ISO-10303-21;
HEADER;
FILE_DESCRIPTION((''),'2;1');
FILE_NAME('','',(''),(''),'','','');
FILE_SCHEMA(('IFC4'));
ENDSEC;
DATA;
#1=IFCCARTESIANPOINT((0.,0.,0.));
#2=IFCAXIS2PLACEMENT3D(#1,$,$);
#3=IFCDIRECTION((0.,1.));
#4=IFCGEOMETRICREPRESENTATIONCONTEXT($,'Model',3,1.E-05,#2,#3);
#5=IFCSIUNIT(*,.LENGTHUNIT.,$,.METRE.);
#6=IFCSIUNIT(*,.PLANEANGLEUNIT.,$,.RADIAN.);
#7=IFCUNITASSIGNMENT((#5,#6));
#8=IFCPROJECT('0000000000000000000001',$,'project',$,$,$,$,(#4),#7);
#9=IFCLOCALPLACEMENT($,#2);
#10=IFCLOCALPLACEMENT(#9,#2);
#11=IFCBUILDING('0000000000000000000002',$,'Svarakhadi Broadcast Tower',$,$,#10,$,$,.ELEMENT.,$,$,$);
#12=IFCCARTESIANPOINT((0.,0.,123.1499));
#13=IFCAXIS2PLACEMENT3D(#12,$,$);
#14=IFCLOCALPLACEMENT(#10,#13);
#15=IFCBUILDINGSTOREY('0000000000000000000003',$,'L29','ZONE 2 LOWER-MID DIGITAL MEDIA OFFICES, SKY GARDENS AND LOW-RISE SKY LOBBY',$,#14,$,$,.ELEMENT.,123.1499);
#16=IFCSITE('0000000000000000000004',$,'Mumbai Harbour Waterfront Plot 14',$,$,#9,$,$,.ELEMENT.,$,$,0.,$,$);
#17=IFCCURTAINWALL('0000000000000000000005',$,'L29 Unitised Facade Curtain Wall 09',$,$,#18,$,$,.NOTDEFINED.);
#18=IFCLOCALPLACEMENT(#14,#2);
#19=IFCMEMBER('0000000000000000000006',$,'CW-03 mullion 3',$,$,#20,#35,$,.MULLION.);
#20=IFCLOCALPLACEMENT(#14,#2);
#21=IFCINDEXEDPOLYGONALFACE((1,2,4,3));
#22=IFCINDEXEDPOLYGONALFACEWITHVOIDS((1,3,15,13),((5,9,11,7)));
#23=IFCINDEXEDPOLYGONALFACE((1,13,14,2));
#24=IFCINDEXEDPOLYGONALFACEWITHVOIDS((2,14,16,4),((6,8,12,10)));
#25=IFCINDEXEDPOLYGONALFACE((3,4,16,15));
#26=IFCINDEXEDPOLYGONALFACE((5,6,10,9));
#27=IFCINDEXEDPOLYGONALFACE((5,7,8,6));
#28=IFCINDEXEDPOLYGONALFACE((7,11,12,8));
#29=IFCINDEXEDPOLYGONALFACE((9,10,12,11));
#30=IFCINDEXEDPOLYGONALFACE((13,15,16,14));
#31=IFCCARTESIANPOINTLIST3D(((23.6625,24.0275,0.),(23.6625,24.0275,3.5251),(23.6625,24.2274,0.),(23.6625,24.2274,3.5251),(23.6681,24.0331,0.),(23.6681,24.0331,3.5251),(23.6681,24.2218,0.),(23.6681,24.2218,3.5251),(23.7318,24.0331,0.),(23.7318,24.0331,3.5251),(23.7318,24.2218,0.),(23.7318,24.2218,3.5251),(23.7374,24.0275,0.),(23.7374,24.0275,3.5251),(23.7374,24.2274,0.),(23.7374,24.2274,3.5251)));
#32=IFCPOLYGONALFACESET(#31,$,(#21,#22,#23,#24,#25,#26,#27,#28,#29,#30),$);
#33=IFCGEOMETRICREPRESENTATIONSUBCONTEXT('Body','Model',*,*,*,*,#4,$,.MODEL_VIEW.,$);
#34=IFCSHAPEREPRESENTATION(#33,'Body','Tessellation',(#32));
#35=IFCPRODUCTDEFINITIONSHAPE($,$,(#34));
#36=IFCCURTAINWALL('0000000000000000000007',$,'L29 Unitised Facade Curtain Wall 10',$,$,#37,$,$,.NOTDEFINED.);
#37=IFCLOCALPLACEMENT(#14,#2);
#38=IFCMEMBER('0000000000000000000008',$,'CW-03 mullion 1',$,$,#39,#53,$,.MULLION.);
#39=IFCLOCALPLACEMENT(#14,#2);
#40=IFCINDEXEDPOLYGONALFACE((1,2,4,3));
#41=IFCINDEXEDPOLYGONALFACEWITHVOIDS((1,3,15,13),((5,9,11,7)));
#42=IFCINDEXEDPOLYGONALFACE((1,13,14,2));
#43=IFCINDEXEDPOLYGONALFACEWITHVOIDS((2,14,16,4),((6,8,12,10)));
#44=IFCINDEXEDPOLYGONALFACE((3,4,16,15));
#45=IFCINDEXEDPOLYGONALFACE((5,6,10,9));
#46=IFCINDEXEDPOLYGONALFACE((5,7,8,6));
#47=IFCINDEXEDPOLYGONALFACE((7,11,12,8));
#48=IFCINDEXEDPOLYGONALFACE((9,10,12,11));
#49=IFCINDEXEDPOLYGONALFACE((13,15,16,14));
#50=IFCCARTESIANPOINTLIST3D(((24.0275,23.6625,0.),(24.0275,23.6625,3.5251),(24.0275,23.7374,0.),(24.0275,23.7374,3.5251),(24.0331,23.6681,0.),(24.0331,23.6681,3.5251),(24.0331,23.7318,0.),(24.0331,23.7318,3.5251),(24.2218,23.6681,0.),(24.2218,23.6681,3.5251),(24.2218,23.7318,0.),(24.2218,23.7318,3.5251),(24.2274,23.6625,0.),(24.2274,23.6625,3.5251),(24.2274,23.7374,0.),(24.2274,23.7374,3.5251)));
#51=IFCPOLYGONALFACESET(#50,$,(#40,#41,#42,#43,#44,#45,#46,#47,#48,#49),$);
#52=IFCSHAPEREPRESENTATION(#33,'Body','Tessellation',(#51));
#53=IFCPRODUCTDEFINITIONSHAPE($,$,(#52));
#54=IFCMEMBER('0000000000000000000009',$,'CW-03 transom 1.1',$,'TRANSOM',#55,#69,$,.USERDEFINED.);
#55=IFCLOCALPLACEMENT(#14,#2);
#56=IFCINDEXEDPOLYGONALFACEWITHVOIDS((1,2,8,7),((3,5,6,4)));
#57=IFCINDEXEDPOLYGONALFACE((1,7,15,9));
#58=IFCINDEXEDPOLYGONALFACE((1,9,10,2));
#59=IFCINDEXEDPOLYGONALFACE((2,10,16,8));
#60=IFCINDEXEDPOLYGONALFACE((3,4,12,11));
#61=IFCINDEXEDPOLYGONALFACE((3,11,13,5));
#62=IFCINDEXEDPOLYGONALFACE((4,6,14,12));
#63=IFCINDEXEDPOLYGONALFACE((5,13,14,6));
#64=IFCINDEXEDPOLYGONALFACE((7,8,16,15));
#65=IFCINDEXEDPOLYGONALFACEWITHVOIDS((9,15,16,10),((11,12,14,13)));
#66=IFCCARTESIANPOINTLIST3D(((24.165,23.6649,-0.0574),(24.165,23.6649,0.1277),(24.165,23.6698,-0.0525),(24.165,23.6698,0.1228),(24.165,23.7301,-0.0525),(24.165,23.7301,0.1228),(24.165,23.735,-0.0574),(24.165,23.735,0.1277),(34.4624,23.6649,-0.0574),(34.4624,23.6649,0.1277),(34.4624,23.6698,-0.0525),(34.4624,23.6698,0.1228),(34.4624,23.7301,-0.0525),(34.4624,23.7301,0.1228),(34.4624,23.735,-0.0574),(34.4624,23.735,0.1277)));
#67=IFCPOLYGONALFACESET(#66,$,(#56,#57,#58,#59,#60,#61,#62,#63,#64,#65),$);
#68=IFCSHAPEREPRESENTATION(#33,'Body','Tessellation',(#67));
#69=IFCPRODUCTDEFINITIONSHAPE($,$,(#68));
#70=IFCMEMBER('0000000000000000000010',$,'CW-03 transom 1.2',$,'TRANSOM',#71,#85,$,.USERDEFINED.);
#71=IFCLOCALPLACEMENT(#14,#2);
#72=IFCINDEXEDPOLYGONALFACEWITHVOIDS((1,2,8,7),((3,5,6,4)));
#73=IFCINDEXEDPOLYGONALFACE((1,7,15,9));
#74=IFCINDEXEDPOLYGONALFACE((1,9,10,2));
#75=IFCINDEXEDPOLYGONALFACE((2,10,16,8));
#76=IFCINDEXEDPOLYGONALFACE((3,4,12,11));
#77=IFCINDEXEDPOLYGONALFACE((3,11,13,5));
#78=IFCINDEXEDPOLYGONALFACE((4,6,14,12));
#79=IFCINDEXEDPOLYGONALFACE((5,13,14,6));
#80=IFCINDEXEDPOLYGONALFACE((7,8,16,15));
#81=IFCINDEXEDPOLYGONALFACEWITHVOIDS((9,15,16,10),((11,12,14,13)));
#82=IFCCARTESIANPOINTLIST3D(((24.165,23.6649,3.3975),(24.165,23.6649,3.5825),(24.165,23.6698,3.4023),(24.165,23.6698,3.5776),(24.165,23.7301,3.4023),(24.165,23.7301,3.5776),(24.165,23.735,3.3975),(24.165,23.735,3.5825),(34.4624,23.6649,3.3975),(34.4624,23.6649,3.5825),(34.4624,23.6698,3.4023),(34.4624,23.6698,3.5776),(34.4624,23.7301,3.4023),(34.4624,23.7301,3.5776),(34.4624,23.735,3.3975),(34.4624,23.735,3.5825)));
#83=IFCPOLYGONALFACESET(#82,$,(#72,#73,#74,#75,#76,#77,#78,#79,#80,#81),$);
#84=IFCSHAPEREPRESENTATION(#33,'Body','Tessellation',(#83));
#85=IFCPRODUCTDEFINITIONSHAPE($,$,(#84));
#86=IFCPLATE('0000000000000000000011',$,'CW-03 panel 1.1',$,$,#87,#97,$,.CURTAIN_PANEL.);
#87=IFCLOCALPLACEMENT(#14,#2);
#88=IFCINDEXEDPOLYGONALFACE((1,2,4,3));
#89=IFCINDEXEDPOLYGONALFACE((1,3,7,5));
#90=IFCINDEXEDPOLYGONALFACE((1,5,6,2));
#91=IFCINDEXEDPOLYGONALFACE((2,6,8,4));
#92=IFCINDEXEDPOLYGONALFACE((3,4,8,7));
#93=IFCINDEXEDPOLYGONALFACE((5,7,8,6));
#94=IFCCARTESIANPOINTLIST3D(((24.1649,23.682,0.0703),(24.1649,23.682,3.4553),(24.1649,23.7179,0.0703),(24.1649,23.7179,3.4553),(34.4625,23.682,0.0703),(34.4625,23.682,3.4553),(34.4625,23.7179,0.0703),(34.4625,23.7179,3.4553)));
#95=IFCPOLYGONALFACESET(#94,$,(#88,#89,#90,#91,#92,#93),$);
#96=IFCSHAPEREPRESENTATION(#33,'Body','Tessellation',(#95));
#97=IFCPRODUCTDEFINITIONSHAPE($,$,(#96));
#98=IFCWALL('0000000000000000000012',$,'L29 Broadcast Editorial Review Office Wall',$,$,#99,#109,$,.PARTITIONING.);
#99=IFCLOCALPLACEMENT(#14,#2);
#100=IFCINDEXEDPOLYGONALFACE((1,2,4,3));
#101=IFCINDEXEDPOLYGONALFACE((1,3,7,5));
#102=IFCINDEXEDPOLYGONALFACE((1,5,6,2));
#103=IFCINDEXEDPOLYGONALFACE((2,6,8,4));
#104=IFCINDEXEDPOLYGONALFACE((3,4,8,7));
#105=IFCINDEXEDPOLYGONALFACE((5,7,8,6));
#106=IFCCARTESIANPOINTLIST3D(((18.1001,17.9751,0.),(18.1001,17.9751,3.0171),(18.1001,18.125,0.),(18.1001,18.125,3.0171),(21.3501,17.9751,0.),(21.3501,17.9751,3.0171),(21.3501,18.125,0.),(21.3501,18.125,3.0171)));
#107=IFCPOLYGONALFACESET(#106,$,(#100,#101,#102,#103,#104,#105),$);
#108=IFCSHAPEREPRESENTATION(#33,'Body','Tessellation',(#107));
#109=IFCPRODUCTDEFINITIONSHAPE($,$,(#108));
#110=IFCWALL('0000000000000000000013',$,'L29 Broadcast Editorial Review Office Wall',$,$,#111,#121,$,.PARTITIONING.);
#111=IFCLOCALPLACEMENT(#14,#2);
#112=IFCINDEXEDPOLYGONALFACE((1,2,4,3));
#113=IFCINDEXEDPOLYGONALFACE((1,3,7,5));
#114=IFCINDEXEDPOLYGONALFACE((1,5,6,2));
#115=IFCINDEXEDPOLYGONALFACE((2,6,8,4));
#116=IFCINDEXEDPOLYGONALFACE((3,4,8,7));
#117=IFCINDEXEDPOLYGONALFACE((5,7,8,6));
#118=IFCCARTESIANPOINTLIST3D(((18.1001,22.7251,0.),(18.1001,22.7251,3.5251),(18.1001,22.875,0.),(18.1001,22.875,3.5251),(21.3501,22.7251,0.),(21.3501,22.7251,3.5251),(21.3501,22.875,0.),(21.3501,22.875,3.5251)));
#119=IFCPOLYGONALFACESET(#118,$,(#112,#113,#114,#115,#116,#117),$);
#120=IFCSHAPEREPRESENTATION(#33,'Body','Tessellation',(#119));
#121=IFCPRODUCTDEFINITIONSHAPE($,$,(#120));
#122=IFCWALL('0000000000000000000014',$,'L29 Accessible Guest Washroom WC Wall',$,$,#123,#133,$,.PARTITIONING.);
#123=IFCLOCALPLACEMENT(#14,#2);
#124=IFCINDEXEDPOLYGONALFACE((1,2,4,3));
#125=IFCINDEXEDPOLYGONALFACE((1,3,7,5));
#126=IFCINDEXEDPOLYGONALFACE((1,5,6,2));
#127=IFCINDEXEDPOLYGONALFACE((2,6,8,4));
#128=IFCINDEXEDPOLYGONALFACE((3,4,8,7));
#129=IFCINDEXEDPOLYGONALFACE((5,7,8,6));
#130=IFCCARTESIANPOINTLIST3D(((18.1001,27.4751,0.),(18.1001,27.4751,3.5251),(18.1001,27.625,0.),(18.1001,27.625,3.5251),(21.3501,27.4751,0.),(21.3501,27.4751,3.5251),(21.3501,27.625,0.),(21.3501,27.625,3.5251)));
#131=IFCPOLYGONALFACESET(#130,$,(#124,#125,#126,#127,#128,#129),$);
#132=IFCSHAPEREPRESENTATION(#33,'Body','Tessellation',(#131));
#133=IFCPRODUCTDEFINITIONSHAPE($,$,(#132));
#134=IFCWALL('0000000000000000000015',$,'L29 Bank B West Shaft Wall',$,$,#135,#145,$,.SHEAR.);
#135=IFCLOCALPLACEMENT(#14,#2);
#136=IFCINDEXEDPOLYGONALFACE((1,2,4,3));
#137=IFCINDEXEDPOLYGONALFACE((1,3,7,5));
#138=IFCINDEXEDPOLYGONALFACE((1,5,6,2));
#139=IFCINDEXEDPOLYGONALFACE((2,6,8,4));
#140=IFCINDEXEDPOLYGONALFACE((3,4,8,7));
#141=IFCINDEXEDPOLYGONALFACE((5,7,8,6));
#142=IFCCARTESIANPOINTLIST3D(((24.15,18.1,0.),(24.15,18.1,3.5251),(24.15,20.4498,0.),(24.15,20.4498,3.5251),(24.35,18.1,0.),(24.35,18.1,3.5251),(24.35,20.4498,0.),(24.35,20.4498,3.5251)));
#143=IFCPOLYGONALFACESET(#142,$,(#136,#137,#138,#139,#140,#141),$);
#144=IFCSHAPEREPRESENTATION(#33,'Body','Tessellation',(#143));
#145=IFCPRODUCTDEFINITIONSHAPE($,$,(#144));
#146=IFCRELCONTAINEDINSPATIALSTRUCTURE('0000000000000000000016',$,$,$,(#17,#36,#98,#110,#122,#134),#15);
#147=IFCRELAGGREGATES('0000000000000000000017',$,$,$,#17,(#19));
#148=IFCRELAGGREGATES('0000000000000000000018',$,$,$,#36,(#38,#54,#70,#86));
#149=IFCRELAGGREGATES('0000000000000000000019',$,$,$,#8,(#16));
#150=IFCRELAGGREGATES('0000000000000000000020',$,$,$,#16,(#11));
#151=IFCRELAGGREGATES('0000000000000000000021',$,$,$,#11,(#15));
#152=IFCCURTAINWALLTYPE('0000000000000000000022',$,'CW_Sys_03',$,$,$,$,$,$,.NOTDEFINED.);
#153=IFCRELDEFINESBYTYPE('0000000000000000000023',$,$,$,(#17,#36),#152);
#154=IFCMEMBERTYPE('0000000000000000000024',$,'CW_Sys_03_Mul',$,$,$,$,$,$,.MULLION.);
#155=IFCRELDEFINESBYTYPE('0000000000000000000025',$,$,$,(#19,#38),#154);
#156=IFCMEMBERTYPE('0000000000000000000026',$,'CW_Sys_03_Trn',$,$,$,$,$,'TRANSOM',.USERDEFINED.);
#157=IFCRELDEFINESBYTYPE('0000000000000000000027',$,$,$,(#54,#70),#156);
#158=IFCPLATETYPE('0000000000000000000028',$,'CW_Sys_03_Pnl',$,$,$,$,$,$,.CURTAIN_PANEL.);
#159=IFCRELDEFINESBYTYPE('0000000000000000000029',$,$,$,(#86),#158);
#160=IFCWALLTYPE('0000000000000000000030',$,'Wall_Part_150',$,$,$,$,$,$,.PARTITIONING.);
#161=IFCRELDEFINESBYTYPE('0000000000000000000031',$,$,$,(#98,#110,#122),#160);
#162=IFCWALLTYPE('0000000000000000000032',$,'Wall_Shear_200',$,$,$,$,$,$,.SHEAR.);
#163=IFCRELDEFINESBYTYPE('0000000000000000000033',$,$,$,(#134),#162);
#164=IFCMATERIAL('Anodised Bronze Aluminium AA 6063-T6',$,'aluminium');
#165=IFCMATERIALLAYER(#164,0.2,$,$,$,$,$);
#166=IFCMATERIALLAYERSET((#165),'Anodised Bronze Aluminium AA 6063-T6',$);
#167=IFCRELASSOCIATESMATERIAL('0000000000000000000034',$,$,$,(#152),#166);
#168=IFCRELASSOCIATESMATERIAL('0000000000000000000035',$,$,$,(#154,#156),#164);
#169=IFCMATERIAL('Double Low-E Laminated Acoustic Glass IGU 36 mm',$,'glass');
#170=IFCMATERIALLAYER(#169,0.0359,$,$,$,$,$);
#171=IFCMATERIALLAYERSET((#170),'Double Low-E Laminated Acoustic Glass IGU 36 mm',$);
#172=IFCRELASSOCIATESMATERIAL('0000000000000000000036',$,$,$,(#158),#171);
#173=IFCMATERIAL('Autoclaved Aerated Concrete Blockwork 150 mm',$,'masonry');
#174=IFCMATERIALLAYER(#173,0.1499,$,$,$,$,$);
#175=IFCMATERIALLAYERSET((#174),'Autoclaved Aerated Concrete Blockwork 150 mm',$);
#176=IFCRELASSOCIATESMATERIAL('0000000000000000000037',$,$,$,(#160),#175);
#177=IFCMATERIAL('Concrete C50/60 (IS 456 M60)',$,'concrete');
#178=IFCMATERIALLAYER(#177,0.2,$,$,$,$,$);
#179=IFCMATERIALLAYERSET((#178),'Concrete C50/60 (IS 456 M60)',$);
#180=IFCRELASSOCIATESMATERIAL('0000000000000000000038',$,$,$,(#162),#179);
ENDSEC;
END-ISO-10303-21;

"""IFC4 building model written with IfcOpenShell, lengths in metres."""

from ifc_helpers import new_model, si_unit, direction, frame, frame_2d, origin, origin_2d, place, context, subcontext, project, spatial, rectangle, hollow_rectangle, extrude, material, layer, layer_set, material_profile, profile_set, type_object, element, aggregate, save


model = new_model("IFC4")

# Units and contexts
model_context = context("Model", 3, precision=1e-05, world=origin(), true_north=direction((0.0, 1.0)))
body_context = subcontext(model_context, "Body", "Model", "MODEL_VIEW")
ifc_project = project(units=[si_unit("LENGTHUNIT", "METRE"), si_unit("PLANEANGLEUNIT", "RADIAN")], contexts=[model_context])

# Site, building, storey
site_placement = place(None, origin())
site = spatial("IfcSite", under=ifc_project, at=site_placement, Name="Mumbai Harbour Waterfront Plot 14", CompositionType="ELEMENT", RefElevation=0.0)
building_placement = place(site_placement, origin())
building = spatial("IfcBuilding", under=site, at=building_placement, Name="Svarakhadi Broadcast Tower", CompositionType="ELEMENT")
storey_placement = place(building_placement, frame((0.0, 0.0, 123.1499)))
storey = spatial("IfcBuildingStorey", under=building, at=storey_placement, Name="L29", Description="ZONE 2 LOWER-MID DIGITAL MEDIA OFFICES, SKY GARDENS AND LOW-RISE SKY LOBBY", CompositionType="ELEMENT", Elevation=123.1499)

# Curtain wall, member
ifc_material_1 = material(Name="Anodised Bronze Aluminium AA 6063-T6", Category="aluminium")
ifc_layer_1 = layer(ifc_material_1, 0.2)
ifc_layer_set_1 = layer_set([ifc_layer_1], Name="Anodised Bronze Aluminium AA 6063-T6")
curtain_wall_type = type_object("IfcCurtainWallType", Name="CW_Sys_03", PredefinedType="NOTDEFINED", material=ifc_layer_set_1)
curtain_wall_1_placement = place(storey_placement, origin())
curtain_wall_1 = element("IfcCurtainWall", 1, at=curtain_wall_1_placement, inside=storey, type_object=curtain_wall_type, Name="L29 Unitised Facade Curtain Wall 09", PredefinedType="NOTDEFINED")
ifc_material_profile_1 = material_profile(ifc_material_1, hollow_rectangle(XDim=0.075, YDim=0.2, WallThickness=0.0056, at=origin_2d()), Name="ALU MULLION 200x75x6")
ifc_profile_set_1 = profile_set([ifc_material_profile_1], Name="Anodised Bronze Aluminium AA 6063-T6")
member_type_1 = type_object("IfcMemberType", Name="CW_Sys_03_Mul", PredefinedType="MULLION", material=ifc_profile_set_1)
member_1_placement = place(storey_placement, frame((23.7, 24.1274, 0.0), z_axis=(0.0, 0.0, 1.0), x_axis=(1.0, 0.0, 0.0)))
member_1 = element("IfcMember", 2, at=member_1_placement, type_object=member_type_1, Name="CW-03 mullion 3", PredefinedType="MULLION", context=body_context, shape_type="SweptSolid", body=[
    extrude(hollow_rectangle(XDim=0.075, YDim=0.2, WallThickness=0.0056, at=origin_2d()), origin(), (0.0, 0.0, 1.0), 3.5251),
])
aggregate(curtain_wall_1, [member_1])

# Curtain wall, members, plate
curtain_wall_2_placement = place(storey_placement, origin())
curtain_wall_2 = element("IfcCurtainWall", 3, at=curtain_wall_2_placement, inside=storey, type_object=curtain_wall_type, Name="L29 Unitised Facade Curtain Wall 10", PredefinedType="NOTDEFINED")
member_2_placement = place(storey_placement, frame((24.1274, 23.7, 0.0), z_axis=(0.0, 0.0, 1.0), x_axis=(0.0, 1.0, 0.0)))
member_2 = element("IfcMember", 4, at=member_2_placement, type_object=member_type_1, Name="CW-03 mullion 1", PredefinedType="MULLION", context=body_context, shape_type="SweptSolid", body=[
    extrude(hollow_rectangle(XDim=0.075, YDim=0.2, WallThickness=0.0056, at=origin_2d()), origin(), (0.0, 0.0, 1.0), 3.5251),
])
ifc_material_profile_2 = material_profile(ifc_material_1, hollow_rectangle(XDim=0.0701, YDim=0.1851, WallThickness=0.0049, at=origin_2d()), Name="ALU TRANSOM 185x70x5")
ifc_profile_set_2 = profile_set([ifc_material_profile_2], Name="Anodised Bronze Aluminium AA 6063-T6")
member_type_2 = type_object("IfcMemberType", Name="CW_Sys_03_Trn", ElementType="TRANSOM", PredefinedType="USERDEFINED", material=ifc_profile_set_2)
member_3_placement = place(storey_placement, frame((24.165, 23.7, 0.0352), z_axis=(1.0, 0.0, 0.0), x_axis=(0.0, 1.0, 0.0)))
member_3 = element("IfcMember", 5, at=member_3_placement, type_object=member_type_2, Name="CW-03 transom 1.1", ObjectType="TRANSOM", PredefinedType="USERDEFINED", context=body_context, shape_type="SweptSolid", body=[
    extrude(hollow_rectangle(XDim=0.0701, YDim=0.1851, WallThickness=0.0049, at=origin_2d()), origin(), (0.0, 0.0, 1.0), 10.2974),
])
member_4_placement = place(storey_placement, frame((24.165, 23.7, 3.49), z_axis=(1.0, 0.0, 0.0), x_axis=(0.0, 1.0, 0.0)))
member_4 = element("IfcMember", 6, at=member_4_placement, type_object=member_type_2, Name="CW-03 transom 1.2", ObjectType="TRANSOM", PredefinedType="USERDEFINED", context=body_context, shape_type="SweptSolid", body=[
    extrude(hollow_rectangle(XDim=0.0701, YDim=0.1851, WallThickness=0.0049, at=origin_2d()), origin(), (0.0, 0.0, 1.0), 10.2974),
])
ifc_material_2 = material(Name="Double Low-E Laminated Acoustic Glass IGU 36 mm", Category="glass")
ifc_layer_2 = layer(ifc_material_2, 0.0359)
ifc_layer_set_2 = layer_set([ifc_layer_2], Name="Double Low-E Laminated Acoustic Glass IGU 36 mm")
plate_type = type_object("IfcPlateType", Name="CW_Sys_03_Pnl", PredefinedType="CURTAIN_PANEL", material=ifc_layer_set_2)
plate_placement = place(storey_placement, frame((29.3137, 23.7, 0.0703), z_axis=(0.0, 0.0, 1.0), x_axis=(1.0, 0.0, 0.0)))
plate = element("IfcPlate", 7, at=plate_placement, type_object=plate_type, Name="CW-03 panel 1.1", PredefinedType="CURTAIN_PANEL", context=body_context, shape_type="SweptSolid", body=[
    extrude(rectangle(XDim=10.2976, YDim=0.0359, at=origin_2d()), origin(), (0.0, 0.0, 1.0), 3.385),
])
aggregate(curtain_wall_2, [member_2, member_3, member_4, plate])

# Walls
ifc_material_3 = material(Name="Autoclaved Aerated Concrete Blockwork 150 mm", Category="masonry")
ifc_layer_3 = layer(ifc_material_3, 0.1499)
ifc_layer_set_3 = layer_set([ifc_layer_3], Name="Autoclaved Aerated Concrete Blockwork 150 mm")
wall_type_1 = type_object("IfcWallType", Name="Wall_Part_150", PredefinedType="PARTITIONING", material=ifc_layer_set_3)
wall_1_placement = place(storey_placement, frame((18.1001, 18.05, 0.0), z_axis=(0.0, 0.0, 1.0), x_axis=(1.0, 0.0, 0.0)))
element("IfcWall", 8, at=wall_1_placement, inside=storey, type_object=wall_type_1, Name="L29 Broadcast Editorial Review Office Wall", PredefinedType="PARTITIONING", context=body_context, shape_type="SweptSolid", body=[
    extrude(rectangle(XDim=3.25, YDim=0.1499, at=frame_2d((1.625, 0.0))), origin(), (0.0, 0.0, 1.0), 3.0171),
])
for number, where, z_axis, x_axis, name in (
    (9, (18.1001, 22.8, 0.0), (0.0, 0.0, 1.0), (1.0, 0.0, 0.0), "L29 Broadcast Editorial Review Office Wall"),
    (10, (18.1001, 27.55, 0.0), (0.0, 0.0, 1.0), (1.0, 0.0, 0.0), "L29 Accessible Guest Washroom WC Wall"),
):
    element("IfcWall", number, at=place(storey_placement, frame(where, z_axis=z_axis, x_axis=x_axis)), inside=storey, type_object=wall_type_1, Name=name, PredefinedType="PARTITIONING", context=body_context, shape_type="SweptSolid", body=[
        extrude(rectangle(XDim=3.25, YDim=0.1499, at=frame_2d((1.625, 0.0))), origin(), (0.0, 0.0, 1.0), 3.5251),
    ])
ifc_material_4 = material(Name="Concrete C50/60 (IS 456 M60)", Category="concrete")
ifc_layer_4 = layer(ifc_material_4, 0.2)
ifc_layer_set_4 = layer_set([ifc_layer_4], Name="Concrete C50/60 (IS 456 M60)")
wall_type_2 = type_object("IfcWallType", Name="Wall_Shear_200", PredefinedType="SHEAR", material=ifc_layer_set_4)
wall_2_placement = place(storey_placement, frame((24.25, 18.1001, 0.0), z_axis=(0.0, 0.0, 1.0), x_axis=(0.0, 1.0, 0.0)))
element("IfcWall", 11, at=wall_2_placement, inside=storey, type_object=wall_type_2, Name="L29 Bank B West Shaft Wall", PredefinedType="SHEAR", context=body_context, shape_type="SweptSolid", body=[
    extrude(rectangle(XDim=2.3499, YDim=0.2, at=frame_2d((1.1748, 0.0))), origin(), (0.0, 0.0, 1.0), 3.5251),
])

save(model, "model.ifc")
